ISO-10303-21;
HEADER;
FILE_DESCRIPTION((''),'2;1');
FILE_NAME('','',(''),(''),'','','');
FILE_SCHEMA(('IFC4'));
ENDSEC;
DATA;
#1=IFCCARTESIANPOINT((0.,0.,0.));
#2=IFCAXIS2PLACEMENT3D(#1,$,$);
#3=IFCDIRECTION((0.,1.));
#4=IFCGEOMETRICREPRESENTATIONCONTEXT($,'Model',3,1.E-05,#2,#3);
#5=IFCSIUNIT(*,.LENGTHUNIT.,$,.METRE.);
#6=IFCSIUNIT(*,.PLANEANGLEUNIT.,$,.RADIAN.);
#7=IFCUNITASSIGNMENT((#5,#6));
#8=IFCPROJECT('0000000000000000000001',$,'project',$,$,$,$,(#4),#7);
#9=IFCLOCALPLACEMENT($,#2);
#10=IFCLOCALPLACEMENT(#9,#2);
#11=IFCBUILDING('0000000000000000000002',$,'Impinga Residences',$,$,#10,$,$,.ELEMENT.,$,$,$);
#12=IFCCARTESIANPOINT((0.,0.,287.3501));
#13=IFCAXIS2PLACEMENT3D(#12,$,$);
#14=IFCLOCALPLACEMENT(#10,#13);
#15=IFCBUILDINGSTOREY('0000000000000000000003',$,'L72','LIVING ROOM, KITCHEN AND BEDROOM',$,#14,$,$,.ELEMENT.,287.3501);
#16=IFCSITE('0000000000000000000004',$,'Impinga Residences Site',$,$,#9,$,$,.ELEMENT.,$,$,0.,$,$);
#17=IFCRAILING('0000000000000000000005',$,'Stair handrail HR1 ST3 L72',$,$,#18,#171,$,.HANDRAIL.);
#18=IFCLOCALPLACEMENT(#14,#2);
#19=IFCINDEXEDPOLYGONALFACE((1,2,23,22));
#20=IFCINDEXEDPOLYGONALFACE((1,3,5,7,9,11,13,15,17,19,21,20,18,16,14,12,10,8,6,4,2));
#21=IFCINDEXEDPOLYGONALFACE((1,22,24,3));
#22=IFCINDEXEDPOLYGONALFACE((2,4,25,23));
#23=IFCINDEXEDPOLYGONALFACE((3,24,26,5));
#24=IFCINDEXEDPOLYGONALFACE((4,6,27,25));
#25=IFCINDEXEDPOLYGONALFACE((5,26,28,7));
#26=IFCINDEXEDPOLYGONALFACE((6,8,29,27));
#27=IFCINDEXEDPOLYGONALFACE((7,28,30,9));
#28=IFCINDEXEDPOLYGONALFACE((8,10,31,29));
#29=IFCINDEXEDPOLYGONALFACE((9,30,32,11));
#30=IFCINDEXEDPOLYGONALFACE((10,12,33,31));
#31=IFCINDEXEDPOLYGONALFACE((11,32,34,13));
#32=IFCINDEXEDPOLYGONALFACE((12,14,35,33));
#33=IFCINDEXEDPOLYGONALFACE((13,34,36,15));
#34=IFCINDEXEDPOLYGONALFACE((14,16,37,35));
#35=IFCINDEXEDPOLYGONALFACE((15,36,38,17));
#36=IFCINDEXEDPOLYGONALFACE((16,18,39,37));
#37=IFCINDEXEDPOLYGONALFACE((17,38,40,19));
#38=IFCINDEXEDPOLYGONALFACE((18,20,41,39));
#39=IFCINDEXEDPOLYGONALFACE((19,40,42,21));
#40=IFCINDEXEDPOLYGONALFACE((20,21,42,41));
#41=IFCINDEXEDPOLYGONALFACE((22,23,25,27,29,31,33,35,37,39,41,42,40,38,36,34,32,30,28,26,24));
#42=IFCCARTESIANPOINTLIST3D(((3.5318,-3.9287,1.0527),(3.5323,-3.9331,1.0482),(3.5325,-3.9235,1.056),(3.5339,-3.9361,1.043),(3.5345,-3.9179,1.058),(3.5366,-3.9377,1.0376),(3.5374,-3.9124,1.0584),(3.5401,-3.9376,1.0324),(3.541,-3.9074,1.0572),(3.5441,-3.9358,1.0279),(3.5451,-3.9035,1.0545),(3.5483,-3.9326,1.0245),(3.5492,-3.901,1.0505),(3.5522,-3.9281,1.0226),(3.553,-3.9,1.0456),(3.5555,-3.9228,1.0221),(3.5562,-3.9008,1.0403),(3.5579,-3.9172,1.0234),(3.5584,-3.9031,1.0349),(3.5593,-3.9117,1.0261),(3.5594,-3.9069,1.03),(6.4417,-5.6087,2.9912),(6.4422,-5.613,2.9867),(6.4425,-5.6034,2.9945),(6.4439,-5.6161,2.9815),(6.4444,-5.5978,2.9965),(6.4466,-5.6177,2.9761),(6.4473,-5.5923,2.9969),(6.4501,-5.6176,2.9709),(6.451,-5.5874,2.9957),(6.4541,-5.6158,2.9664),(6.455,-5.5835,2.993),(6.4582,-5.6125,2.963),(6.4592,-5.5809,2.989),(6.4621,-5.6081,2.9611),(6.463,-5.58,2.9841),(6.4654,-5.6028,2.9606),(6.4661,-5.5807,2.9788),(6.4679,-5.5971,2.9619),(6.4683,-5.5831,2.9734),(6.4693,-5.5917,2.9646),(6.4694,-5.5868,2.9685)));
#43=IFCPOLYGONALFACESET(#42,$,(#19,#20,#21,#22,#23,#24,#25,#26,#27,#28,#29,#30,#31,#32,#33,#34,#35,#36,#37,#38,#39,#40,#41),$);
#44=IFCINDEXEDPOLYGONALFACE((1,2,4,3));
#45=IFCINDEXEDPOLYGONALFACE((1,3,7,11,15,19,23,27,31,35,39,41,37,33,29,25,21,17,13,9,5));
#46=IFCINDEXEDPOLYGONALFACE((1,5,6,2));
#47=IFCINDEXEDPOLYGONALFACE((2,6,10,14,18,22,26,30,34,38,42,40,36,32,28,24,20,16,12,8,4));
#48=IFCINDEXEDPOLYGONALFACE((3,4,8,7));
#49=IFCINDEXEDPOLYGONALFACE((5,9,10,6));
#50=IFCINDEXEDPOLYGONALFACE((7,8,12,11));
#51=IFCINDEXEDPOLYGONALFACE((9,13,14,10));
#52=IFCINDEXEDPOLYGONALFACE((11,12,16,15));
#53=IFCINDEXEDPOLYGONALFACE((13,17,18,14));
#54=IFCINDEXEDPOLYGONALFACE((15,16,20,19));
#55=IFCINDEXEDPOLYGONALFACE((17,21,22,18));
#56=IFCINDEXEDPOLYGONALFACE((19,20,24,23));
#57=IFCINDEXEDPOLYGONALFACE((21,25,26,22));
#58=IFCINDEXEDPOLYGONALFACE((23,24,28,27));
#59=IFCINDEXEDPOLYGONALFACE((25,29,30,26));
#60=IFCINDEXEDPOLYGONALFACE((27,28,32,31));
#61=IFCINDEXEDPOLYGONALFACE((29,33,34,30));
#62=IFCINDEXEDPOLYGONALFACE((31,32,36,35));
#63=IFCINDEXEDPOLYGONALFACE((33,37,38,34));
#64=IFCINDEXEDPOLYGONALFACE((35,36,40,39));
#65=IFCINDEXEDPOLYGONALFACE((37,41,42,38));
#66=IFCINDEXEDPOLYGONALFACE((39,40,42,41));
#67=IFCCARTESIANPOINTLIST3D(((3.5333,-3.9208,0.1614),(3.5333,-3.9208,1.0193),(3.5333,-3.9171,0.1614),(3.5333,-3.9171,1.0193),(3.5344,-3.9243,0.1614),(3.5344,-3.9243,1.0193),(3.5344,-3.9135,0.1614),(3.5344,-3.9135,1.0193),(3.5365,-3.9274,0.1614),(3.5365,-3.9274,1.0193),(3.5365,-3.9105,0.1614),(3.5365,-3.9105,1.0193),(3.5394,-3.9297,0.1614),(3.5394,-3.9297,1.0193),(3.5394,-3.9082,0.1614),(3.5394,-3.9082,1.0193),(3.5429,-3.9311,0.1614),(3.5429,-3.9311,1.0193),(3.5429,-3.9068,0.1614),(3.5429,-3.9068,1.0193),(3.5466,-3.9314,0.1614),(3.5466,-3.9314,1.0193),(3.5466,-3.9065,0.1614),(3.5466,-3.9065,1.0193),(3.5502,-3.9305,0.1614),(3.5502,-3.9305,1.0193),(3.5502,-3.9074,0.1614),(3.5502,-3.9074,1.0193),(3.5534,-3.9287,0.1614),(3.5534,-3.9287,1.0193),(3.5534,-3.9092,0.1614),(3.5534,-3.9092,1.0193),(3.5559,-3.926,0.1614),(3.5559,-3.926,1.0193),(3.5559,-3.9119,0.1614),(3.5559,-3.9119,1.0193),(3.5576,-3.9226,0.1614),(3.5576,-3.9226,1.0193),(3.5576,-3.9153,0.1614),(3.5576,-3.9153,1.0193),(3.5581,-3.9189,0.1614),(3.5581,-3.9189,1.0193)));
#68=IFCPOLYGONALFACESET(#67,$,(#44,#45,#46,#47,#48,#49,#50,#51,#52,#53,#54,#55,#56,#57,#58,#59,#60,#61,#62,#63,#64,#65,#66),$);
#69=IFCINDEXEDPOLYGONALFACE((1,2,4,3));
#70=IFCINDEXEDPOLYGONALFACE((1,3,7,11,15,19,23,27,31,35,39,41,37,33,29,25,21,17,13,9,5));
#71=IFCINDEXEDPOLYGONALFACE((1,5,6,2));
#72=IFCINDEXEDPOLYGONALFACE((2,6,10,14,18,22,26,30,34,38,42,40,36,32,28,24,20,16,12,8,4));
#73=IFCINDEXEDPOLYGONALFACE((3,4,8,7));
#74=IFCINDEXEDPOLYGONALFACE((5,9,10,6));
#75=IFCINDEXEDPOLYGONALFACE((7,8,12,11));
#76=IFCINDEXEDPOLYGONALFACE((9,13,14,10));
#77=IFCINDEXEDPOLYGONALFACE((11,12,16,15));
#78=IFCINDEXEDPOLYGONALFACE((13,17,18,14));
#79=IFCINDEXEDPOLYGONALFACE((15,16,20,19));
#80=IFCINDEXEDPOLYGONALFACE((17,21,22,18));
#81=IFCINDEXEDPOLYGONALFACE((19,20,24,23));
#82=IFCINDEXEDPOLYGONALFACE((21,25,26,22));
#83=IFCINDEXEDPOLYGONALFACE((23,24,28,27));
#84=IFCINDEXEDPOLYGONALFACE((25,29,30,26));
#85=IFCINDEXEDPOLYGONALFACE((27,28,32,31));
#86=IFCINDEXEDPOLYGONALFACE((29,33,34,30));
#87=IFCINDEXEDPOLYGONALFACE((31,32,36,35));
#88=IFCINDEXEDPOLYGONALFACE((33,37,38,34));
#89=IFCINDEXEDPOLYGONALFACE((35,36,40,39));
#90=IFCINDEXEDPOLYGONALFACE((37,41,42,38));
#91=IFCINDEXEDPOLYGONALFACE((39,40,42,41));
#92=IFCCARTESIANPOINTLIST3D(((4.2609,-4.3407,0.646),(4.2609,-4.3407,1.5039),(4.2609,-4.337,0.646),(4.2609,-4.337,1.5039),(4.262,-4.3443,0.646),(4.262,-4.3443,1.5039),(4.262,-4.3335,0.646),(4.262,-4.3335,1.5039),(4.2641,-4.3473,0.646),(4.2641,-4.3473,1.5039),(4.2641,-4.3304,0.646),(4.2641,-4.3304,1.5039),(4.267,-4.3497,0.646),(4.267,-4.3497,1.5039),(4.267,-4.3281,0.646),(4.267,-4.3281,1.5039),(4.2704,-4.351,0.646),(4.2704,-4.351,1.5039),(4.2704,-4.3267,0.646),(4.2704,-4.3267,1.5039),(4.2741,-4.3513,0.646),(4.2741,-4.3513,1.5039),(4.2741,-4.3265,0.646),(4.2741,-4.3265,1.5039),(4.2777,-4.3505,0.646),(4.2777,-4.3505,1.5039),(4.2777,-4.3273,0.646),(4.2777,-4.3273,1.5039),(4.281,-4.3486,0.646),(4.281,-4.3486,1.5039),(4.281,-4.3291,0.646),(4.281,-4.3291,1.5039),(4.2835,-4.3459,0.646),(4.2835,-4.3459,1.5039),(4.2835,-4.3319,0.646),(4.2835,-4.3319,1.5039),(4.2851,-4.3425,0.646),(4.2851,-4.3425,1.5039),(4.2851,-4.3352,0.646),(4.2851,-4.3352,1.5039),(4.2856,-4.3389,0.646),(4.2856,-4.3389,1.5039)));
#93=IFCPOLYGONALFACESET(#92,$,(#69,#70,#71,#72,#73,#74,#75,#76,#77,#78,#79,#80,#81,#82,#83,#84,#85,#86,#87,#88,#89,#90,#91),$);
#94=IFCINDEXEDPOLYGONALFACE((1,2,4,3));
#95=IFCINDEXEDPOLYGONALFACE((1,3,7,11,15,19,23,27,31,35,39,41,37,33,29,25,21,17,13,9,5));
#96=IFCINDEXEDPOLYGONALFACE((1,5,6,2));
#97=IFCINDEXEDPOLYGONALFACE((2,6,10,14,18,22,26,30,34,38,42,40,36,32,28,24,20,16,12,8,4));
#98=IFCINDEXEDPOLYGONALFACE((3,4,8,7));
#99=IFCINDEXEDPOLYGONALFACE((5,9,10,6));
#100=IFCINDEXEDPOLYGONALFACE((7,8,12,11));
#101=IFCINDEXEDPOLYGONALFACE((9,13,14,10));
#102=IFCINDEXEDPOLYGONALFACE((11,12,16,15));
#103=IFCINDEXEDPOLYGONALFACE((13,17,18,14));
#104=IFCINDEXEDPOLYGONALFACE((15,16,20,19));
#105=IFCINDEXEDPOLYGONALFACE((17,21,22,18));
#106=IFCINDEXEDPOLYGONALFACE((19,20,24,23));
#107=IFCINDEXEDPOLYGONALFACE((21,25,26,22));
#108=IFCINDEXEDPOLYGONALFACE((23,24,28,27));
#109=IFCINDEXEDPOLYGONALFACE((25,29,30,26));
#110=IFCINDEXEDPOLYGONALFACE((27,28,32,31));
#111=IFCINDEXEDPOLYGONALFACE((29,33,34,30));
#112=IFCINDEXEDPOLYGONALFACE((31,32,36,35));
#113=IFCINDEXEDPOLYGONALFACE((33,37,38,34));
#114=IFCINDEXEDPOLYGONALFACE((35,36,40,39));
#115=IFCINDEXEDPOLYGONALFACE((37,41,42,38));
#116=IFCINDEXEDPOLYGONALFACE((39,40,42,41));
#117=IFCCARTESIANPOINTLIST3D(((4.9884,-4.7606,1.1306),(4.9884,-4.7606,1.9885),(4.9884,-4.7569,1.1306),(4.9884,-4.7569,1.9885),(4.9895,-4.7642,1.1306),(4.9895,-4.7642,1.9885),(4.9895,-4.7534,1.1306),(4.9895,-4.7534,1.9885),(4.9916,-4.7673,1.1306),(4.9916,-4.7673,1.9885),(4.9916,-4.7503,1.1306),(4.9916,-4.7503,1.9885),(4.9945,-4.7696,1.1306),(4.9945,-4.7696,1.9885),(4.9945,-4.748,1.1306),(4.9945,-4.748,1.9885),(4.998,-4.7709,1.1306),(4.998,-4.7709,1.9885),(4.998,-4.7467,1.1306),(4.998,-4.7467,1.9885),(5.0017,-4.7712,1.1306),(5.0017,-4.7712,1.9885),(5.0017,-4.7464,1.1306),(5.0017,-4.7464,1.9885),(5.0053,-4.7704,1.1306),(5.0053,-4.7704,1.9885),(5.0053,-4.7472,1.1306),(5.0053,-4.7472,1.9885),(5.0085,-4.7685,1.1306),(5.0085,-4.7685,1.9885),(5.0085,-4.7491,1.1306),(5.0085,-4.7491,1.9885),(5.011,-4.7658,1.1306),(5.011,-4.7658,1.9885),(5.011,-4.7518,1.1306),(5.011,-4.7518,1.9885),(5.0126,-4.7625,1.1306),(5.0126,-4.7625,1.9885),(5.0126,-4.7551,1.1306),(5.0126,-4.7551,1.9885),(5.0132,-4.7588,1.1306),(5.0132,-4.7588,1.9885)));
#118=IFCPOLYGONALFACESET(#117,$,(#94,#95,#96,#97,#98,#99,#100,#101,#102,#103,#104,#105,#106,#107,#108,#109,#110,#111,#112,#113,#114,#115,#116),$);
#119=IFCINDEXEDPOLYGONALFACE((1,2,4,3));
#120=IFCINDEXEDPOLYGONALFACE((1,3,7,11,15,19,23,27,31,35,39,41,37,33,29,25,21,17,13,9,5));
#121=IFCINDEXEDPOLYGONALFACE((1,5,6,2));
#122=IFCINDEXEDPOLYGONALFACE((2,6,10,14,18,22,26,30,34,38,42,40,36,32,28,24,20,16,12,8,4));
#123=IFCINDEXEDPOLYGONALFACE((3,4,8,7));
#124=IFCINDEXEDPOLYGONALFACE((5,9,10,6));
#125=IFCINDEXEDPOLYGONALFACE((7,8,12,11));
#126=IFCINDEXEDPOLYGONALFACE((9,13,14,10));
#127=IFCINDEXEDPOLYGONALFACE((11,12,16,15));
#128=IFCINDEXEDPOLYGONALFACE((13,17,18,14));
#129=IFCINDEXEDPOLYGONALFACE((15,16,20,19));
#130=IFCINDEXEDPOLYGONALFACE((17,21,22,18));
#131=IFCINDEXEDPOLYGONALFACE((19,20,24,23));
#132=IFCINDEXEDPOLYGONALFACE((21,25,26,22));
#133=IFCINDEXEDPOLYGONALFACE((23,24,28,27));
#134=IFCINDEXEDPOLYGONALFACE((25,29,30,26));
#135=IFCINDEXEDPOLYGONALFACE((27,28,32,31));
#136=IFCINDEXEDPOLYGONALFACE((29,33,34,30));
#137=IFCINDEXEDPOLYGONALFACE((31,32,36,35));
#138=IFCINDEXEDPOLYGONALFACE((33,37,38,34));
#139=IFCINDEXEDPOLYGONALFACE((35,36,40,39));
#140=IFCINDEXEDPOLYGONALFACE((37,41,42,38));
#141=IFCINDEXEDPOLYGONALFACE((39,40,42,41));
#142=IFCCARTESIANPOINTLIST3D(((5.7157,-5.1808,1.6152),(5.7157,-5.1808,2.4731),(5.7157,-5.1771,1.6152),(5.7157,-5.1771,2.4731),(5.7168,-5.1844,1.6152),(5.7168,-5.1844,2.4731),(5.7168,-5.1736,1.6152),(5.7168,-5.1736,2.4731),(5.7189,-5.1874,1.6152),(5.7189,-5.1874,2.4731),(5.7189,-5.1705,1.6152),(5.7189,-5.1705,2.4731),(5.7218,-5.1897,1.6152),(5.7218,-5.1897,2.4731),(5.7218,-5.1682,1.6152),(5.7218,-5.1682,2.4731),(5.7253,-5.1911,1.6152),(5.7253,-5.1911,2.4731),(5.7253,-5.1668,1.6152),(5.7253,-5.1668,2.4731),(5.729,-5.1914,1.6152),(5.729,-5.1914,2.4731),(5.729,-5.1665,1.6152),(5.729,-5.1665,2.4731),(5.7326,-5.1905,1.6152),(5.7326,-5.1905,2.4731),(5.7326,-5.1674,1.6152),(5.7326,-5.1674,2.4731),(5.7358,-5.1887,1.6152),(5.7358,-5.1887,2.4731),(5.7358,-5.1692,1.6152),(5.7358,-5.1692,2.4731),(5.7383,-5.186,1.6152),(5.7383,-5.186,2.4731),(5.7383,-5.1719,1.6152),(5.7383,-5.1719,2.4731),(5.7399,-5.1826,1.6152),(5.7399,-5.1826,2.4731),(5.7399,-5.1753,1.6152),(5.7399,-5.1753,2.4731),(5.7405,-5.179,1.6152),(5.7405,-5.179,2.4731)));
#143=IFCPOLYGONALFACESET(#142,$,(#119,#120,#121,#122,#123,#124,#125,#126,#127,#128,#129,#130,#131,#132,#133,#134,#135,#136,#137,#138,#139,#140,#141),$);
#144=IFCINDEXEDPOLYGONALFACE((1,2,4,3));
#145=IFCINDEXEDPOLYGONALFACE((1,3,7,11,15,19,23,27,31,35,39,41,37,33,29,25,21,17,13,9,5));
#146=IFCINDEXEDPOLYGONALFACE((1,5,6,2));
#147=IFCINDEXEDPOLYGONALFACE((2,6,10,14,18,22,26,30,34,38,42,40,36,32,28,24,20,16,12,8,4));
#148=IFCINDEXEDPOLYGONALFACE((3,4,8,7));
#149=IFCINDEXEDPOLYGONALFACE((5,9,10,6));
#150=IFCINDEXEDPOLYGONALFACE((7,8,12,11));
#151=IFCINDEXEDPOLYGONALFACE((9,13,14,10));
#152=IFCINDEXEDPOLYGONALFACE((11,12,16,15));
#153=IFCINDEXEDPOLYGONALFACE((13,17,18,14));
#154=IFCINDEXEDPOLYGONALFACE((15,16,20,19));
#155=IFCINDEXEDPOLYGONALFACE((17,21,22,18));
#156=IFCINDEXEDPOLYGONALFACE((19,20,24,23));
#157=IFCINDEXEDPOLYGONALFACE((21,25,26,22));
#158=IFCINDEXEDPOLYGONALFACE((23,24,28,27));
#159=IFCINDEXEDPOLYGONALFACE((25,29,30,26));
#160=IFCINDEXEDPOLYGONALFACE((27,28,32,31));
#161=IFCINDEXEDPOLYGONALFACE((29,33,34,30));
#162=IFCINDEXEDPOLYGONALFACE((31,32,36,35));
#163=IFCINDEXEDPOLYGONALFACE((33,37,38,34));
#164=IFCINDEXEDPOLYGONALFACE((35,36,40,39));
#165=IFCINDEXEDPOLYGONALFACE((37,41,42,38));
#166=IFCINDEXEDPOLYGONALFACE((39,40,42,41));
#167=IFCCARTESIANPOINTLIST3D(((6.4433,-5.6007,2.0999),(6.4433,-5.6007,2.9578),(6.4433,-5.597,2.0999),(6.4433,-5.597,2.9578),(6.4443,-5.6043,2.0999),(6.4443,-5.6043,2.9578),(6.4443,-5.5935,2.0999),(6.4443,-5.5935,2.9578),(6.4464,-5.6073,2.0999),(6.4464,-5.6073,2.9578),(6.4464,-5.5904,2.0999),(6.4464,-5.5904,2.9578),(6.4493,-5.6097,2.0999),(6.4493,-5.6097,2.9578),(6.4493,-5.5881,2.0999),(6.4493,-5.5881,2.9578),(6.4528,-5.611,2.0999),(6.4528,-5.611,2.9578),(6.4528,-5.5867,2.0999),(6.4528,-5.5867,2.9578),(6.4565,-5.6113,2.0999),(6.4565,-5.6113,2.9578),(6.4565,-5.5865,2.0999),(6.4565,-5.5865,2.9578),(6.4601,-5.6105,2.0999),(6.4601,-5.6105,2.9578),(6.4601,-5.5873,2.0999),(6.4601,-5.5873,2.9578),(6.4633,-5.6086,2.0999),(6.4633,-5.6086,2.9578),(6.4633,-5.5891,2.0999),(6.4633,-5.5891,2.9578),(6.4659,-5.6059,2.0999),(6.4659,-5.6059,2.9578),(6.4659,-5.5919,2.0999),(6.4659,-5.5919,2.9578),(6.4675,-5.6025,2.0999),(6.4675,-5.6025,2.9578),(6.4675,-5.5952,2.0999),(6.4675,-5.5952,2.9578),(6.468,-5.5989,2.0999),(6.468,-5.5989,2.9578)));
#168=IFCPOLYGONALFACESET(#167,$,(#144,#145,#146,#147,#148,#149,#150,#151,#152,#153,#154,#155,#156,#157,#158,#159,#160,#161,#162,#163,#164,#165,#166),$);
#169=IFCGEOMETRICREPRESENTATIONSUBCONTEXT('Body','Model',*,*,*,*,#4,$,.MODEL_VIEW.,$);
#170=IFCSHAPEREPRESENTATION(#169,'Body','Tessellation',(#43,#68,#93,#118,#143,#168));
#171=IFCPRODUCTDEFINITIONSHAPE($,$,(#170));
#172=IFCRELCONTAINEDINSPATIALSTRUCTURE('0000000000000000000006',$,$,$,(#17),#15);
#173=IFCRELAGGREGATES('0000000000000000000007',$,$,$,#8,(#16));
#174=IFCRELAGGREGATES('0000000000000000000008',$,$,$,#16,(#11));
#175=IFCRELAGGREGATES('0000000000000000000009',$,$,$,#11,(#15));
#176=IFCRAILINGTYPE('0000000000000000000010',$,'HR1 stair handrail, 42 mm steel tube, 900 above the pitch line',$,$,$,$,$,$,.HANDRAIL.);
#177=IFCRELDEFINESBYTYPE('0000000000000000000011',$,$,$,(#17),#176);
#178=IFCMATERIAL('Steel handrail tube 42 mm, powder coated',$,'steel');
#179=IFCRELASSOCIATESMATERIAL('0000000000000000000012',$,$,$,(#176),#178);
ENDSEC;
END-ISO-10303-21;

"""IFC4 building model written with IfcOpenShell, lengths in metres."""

from ifc_helpers import new_model, si_unit, direction, frame, origin, origin_2d, place, context, subcontext, project, spatial, circle, extrude, material, type_object, element, save


model = new_model("IFC4")

# Units and contexts
model_context = context("Model", 3, precision=1e-05, world=origin(), true_north=direction((0.0, 1.0)))
body_context = subcontext(model_context, "Body", "Model", "MODEL_VIEW")
ifc_project = project(units=[si_unit("LENGTHUNIT", "METRE"), si_unit("PLANEANGLEUNIT", "RADIAN")], contexts=[model_context])

# Site, building, storey
site_placement = place(None, origin())
site = spatial("IfcSite", under=ifc_project, at=site_placement, Name="Impinga Residences Site", CompositionType="ELEMENT", RefElevation=0.0)
building_placement = place(site_placement, origin())
building = spatial("IfcBuilding", under=site, at=building_placement, Name="Impinga Residences", CompositionType="ELEMENT")
storey_placement = place(building_placement, frame((0.0, 0.0, 287.3501)))
storey = spatial("IfcBuildingStorey", under=building, at=storey_placement, Name="L72", Description="LIVING ROOM, KITCHEN AND BEDROOM", CompositionType="ELEMENT", Elevation=287.3501)

# Railing
ifc_material_1 = material(Name="Steel handrail tube 42 mm, powder coated", Category="steel")
railing_type = type_object("IfcRailingType", Name="HR1 stair handrail, 42 mm steel tube, 900 above the pitch line", PredefinedType="HANDRAIL", material=ifc_material_1)
railing_placement = place(storey_placement, frame((3.5457, -3.9189, 0.1614)))
element("IfcRailing", 1, at=railing_placement, inside=storey, type_object=railing_type, Name="Stair handrail HR1 ST3 L72", PredefinedType="HANDRAIL", context=body_context, shape_type="SweptSolid", body=[
    extrude(circle(Radius=0.021, at=origin_2d()), frame((0.0, 0.0, 0.8789), z_axis=(0.750151, -0.433072, 0.499723), x_axis=(0.499976, 0.866039, 0.0)), (0.0, 0.0, 1.0), 3.8792),
    extrude(circle(Radius=0.0125, at=origin_2d()), origin(), (0.0, 0.0, 1.0), 0.8579),
    extrude(circle(Radius=0.0125, at=origin_2d()), frame((0.7275, -0.4199, 0.4846)), (0.0, 0.0, 1.0), 0.8579),
    extrude(circle(Radius=0.0125, at=origin_2d()), frame((1.4551, -0.8398, 0.9692)), (0.0, 0.0, 1.0), 0.8579),
    extrude(circle(Radius=0.0125, at=origin_2d()), frame((2.1824, -1.26, 1.4539)), (0.0, 0.0, 1.0), 0.8579),
    extrude(circle(Radius=0.0125, at=origin_2d()), frame((2.9099, -1.6799, 1.9385)), (0.0, 0.0, 1.0), 0.8579),
])

save(model, "model.ifc")
